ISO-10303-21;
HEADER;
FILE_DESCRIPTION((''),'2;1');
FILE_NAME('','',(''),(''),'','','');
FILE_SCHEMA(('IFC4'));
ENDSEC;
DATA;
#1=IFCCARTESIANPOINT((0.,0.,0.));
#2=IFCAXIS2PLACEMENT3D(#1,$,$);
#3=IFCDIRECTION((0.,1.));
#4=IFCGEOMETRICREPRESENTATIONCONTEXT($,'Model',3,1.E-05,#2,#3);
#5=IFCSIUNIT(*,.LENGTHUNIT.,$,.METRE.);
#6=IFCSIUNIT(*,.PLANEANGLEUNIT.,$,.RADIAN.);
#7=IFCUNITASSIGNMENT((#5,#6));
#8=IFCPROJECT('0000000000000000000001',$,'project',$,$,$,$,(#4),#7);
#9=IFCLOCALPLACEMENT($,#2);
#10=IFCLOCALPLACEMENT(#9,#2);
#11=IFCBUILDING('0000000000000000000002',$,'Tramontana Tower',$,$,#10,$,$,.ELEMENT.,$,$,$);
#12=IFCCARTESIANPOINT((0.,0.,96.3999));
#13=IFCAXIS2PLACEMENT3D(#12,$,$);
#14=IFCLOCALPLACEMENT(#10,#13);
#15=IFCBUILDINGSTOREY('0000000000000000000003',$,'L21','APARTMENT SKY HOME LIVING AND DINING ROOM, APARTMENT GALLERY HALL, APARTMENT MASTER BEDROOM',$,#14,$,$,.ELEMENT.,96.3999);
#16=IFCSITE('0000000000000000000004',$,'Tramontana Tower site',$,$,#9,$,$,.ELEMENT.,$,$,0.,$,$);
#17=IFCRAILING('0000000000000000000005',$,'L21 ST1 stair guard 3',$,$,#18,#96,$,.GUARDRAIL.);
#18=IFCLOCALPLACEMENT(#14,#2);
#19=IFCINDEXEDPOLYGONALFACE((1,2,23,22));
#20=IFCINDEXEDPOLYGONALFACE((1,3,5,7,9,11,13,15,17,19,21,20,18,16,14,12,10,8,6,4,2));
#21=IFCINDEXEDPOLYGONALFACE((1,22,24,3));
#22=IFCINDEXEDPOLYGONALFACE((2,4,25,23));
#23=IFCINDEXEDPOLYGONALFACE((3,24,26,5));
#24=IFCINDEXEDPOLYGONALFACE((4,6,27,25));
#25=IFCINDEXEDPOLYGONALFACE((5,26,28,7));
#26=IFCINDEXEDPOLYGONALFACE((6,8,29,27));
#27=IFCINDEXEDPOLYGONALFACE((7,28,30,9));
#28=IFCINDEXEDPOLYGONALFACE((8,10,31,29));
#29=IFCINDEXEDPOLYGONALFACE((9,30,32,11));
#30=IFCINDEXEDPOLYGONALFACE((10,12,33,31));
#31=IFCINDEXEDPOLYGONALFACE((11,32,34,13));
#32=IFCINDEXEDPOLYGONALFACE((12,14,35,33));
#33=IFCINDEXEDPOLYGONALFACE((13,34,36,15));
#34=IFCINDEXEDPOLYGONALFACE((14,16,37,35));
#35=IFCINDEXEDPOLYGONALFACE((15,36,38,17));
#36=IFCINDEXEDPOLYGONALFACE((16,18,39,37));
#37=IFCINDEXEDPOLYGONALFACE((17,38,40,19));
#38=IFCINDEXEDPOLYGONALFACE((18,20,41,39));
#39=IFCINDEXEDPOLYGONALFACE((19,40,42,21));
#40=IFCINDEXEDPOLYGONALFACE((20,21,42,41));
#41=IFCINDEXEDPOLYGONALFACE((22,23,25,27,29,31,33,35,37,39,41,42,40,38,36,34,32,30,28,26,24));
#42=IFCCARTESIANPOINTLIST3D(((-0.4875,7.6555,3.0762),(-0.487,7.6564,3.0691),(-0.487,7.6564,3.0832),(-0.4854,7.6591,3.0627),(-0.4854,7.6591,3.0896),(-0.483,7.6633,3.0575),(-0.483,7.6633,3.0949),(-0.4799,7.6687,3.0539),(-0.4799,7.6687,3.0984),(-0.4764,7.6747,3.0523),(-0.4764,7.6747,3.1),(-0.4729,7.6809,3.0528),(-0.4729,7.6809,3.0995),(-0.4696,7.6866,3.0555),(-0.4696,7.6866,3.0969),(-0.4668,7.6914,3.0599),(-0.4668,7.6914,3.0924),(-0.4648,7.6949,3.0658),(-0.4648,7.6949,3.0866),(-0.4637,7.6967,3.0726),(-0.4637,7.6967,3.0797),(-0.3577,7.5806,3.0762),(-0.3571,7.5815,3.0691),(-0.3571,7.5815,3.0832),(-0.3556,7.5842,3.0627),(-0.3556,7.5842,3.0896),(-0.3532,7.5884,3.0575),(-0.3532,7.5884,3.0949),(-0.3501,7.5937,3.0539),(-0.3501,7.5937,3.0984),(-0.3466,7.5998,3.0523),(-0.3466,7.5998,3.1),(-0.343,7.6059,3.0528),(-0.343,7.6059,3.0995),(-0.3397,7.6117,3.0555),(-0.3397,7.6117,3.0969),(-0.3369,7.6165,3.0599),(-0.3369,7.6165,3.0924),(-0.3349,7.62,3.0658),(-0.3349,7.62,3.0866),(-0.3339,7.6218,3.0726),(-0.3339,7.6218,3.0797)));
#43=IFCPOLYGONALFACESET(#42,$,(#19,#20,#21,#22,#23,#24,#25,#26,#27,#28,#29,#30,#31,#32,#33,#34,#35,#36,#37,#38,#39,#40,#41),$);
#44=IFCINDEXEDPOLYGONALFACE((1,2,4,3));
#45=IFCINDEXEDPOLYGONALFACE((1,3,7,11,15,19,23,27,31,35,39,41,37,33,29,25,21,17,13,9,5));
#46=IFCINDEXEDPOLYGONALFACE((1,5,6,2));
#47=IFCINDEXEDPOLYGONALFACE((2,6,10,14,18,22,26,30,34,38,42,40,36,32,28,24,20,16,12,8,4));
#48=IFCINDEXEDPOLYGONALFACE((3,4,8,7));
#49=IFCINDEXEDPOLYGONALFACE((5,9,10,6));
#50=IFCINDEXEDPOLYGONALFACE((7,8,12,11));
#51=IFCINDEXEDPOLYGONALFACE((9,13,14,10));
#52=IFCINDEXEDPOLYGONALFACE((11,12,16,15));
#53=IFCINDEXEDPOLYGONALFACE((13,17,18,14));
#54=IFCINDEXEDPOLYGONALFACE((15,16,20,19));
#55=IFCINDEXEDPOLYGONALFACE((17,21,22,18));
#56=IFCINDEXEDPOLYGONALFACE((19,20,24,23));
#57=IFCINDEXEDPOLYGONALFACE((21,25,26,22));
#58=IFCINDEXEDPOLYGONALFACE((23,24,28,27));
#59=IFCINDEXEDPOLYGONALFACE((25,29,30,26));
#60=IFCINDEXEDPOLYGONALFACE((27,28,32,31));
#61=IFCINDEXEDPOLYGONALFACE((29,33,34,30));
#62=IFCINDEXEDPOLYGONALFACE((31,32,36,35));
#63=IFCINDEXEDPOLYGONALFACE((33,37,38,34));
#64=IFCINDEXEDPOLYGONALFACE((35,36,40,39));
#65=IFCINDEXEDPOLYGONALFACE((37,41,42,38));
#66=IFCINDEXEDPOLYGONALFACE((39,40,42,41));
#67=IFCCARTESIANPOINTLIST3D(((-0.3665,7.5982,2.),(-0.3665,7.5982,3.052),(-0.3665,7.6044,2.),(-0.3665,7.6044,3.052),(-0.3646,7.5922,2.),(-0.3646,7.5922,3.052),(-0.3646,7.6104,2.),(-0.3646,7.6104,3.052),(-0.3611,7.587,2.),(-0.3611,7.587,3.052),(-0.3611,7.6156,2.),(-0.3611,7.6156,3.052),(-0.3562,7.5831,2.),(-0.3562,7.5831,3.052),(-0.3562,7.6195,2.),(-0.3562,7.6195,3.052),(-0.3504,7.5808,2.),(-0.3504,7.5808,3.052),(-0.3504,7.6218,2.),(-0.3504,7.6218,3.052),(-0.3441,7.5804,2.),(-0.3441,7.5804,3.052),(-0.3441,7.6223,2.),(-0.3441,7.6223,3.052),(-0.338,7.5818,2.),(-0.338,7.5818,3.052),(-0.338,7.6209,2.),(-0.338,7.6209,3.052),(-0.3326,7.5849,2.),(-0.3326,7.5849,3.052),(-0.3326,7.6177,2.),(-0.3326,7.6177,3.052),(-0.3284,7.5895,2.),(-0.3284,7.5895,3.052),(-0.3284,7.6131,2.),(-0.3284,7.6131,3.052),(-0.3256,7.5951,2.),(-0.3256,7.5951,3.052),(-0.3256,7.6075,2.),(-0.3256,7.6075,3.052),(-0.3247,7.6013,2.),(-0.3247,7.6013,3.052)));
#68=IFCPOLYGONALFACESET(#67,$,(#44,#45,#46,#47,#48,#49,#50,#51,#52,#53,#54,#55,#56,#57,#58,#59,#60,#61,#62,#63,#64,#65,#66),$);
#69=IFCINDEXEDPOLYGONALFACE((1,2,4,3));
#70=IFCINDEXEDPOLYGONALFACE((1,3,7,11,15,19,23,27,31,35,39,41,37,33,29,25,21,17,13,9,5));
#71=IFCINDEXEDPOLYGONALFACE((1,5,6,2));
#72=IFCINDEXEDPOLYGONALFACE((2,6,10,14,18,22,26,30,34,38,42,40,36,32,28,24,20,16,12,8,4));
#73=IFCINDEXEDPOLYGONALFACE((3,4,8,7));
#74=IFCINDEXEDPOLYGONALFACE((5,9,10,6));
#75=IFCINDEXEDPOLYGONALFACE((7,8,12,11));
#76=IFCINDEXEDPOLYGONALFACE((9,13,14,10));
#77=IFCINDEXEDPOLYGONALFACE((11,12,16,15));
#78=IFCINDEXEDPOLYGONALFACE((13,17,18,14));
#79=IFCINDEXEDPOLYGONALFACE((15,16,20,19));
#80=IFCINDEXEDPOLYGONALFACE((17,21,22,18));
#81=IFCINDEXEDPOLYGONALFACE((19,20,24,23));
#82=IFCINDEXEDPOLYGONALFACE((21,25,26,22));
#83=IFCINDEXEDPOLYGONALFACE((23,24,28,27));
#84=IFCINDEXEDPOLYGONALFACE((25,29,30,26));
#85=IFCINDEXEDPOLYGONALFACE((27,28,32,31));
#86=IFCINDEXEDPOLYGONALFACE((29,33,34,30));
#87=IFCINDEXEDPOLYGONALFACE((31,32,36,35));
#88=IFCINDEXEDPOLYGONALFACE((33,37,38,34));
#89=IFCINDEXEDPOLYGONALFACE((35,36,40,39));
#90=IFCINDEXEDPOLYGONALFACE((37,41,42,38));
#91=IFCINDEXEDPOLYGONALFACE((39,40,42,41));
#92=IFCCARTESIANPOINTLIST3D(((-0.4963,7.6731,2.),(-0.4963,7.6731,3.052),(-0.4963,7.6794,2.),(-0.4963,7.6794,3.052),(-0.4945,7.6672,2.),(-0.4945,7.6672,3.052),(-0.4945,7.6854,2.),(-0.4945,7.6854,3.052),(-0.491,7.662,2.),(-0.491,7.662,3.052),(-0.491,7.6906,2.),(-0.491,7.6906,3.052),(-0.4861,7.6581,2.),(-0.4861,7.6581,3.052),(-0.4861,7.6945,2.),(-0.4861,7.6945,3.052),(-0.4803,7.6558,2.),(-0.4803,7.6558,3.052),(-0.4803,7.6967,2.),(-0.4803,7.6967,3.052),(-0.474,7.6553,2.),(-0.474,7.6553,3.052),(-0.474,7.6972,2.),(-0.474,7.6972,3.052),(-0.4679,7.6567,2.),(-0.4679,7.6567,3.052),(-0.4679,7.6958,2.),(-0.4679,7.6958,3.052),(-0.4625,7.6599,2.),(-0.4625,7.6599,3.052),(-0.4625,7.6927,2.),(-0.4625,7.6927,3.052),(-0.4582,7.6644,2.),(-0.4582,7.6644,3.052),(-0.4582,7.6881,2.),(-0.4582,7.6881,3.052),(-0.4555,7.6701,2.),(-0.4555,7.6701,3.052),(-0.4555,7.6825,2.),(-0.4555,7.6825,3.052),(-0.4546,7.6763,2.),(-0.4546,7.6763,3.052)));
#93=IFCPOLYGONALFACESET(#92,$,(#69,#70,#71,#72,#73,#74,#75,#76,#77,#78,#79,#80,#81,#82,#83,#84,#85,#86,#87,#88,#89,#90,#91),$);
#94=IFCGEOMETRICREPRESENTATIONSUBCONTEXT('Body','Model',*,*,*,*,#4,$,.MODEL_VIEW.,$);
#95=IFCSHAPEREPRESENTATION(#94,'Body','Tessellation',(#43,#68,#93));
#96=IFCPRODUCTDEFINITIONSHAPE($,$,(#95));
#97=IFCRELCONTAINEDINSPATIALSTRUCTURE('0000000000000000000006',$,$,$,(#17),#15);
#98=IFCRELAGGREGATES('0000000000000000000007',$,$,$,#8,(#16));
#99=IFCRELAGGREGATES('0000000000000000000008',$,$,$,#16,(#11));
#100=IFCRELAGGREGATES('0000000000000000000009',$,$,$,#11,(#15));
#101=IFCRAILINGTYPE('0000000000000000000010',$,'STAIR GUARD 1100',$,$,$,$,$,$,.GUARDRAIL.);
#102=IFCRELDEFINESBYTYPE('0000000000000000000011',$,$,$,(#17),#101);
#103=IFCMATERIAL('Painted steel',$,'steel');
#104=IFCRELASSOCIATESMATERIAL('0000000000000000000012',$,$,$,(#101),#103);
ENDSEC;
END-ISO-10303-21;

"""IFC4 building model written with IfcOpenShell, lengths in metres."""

from ifc_helpers import new_model, si_unit, direction, frame, origin, origin_2d, place, context, subcontext, project, spatial, circle, extrude, material, type_object, element, save


model = new_model("IFC4")

# Units and contexts
model_context = context("Model", 3, precision=1e-05, world=origin(), true_north=direction((0.0, 1.0)))
body_context = subcontext(model_context, "Body", "Model", "MODEL_VIEW")
ifc_project = project(units=[si_unit("LENGTHUNIT", "METRE"), si_unit("PLANEANGLEUNIT", "RADIAN")], contexts=[model_context])

# Site, building, storey
site_placement = place(None, origin())
site = spatial("IfcSite", under=ifc_project, at=site_placement, Name="Tramontana Tower site", CompositionType="ELEMENT", RefElevation=0.0)
building_placement = place(site_placement, origin())
building = spatial("IfcBuilding", under=site, at=building_placement, Name="Tramontana Tower", CompositionType="ELEMENT")
storey_placement = place(building_placement, frame((0.0, 0.0, 96.3999)))
storey = spatial("IfcBuildingStorey", under=building, at=storey_placement, Name="L21", Description="APARTMENT SKY HOME LIVING AND DINING ROOM, APARTMENT GALLERY HALL, APARTMENT MASTER BEDROOM", CompositionType="ELEMENT", Elevation=96.3999)

# Railing
ifc_material_1 = material(Name="Painted steel", Category="steel")
railing_type_1 = type_object("IfcRailingType", Name="STAIR GUARD 1100", PredefinedType="GUARDRAIL", material=ifc_material_1)
railing_1_placement = place(storey_placement, frame((-0.3457, 7.6013, 2.0)))
element("IfcRailing", 1, at=railing_1_placement, inside=storey, type_object=railing_type_1, Name="L21 ST1 stair guard 3", PredefinedType="GUARDRAIL", context=body_context, shape_type="SweptSolid", body=[
    extrude(circle(Radius=0.0239, at=origin_2d()), frame((0.0, 0.0, 1.0762), z_axis=(-0.866131, 0.499816, 0.0), x_axis=(-0.499816, -0.866131, 0.0)), (0.0, 0.0, 1.0), 0.1499),
    extrude(circle(Radius=0.021, at=origin_2d()), origin(), (0.0, 0.0, 1.0), 1.052),
    extrude(circle(Radius=0.021, at=origin_2d()), frame((-0.1299, 0.075, 0.0)), (0.0, 0.0, 1.0), 1.052),
])

save(model, "model.ifc")
